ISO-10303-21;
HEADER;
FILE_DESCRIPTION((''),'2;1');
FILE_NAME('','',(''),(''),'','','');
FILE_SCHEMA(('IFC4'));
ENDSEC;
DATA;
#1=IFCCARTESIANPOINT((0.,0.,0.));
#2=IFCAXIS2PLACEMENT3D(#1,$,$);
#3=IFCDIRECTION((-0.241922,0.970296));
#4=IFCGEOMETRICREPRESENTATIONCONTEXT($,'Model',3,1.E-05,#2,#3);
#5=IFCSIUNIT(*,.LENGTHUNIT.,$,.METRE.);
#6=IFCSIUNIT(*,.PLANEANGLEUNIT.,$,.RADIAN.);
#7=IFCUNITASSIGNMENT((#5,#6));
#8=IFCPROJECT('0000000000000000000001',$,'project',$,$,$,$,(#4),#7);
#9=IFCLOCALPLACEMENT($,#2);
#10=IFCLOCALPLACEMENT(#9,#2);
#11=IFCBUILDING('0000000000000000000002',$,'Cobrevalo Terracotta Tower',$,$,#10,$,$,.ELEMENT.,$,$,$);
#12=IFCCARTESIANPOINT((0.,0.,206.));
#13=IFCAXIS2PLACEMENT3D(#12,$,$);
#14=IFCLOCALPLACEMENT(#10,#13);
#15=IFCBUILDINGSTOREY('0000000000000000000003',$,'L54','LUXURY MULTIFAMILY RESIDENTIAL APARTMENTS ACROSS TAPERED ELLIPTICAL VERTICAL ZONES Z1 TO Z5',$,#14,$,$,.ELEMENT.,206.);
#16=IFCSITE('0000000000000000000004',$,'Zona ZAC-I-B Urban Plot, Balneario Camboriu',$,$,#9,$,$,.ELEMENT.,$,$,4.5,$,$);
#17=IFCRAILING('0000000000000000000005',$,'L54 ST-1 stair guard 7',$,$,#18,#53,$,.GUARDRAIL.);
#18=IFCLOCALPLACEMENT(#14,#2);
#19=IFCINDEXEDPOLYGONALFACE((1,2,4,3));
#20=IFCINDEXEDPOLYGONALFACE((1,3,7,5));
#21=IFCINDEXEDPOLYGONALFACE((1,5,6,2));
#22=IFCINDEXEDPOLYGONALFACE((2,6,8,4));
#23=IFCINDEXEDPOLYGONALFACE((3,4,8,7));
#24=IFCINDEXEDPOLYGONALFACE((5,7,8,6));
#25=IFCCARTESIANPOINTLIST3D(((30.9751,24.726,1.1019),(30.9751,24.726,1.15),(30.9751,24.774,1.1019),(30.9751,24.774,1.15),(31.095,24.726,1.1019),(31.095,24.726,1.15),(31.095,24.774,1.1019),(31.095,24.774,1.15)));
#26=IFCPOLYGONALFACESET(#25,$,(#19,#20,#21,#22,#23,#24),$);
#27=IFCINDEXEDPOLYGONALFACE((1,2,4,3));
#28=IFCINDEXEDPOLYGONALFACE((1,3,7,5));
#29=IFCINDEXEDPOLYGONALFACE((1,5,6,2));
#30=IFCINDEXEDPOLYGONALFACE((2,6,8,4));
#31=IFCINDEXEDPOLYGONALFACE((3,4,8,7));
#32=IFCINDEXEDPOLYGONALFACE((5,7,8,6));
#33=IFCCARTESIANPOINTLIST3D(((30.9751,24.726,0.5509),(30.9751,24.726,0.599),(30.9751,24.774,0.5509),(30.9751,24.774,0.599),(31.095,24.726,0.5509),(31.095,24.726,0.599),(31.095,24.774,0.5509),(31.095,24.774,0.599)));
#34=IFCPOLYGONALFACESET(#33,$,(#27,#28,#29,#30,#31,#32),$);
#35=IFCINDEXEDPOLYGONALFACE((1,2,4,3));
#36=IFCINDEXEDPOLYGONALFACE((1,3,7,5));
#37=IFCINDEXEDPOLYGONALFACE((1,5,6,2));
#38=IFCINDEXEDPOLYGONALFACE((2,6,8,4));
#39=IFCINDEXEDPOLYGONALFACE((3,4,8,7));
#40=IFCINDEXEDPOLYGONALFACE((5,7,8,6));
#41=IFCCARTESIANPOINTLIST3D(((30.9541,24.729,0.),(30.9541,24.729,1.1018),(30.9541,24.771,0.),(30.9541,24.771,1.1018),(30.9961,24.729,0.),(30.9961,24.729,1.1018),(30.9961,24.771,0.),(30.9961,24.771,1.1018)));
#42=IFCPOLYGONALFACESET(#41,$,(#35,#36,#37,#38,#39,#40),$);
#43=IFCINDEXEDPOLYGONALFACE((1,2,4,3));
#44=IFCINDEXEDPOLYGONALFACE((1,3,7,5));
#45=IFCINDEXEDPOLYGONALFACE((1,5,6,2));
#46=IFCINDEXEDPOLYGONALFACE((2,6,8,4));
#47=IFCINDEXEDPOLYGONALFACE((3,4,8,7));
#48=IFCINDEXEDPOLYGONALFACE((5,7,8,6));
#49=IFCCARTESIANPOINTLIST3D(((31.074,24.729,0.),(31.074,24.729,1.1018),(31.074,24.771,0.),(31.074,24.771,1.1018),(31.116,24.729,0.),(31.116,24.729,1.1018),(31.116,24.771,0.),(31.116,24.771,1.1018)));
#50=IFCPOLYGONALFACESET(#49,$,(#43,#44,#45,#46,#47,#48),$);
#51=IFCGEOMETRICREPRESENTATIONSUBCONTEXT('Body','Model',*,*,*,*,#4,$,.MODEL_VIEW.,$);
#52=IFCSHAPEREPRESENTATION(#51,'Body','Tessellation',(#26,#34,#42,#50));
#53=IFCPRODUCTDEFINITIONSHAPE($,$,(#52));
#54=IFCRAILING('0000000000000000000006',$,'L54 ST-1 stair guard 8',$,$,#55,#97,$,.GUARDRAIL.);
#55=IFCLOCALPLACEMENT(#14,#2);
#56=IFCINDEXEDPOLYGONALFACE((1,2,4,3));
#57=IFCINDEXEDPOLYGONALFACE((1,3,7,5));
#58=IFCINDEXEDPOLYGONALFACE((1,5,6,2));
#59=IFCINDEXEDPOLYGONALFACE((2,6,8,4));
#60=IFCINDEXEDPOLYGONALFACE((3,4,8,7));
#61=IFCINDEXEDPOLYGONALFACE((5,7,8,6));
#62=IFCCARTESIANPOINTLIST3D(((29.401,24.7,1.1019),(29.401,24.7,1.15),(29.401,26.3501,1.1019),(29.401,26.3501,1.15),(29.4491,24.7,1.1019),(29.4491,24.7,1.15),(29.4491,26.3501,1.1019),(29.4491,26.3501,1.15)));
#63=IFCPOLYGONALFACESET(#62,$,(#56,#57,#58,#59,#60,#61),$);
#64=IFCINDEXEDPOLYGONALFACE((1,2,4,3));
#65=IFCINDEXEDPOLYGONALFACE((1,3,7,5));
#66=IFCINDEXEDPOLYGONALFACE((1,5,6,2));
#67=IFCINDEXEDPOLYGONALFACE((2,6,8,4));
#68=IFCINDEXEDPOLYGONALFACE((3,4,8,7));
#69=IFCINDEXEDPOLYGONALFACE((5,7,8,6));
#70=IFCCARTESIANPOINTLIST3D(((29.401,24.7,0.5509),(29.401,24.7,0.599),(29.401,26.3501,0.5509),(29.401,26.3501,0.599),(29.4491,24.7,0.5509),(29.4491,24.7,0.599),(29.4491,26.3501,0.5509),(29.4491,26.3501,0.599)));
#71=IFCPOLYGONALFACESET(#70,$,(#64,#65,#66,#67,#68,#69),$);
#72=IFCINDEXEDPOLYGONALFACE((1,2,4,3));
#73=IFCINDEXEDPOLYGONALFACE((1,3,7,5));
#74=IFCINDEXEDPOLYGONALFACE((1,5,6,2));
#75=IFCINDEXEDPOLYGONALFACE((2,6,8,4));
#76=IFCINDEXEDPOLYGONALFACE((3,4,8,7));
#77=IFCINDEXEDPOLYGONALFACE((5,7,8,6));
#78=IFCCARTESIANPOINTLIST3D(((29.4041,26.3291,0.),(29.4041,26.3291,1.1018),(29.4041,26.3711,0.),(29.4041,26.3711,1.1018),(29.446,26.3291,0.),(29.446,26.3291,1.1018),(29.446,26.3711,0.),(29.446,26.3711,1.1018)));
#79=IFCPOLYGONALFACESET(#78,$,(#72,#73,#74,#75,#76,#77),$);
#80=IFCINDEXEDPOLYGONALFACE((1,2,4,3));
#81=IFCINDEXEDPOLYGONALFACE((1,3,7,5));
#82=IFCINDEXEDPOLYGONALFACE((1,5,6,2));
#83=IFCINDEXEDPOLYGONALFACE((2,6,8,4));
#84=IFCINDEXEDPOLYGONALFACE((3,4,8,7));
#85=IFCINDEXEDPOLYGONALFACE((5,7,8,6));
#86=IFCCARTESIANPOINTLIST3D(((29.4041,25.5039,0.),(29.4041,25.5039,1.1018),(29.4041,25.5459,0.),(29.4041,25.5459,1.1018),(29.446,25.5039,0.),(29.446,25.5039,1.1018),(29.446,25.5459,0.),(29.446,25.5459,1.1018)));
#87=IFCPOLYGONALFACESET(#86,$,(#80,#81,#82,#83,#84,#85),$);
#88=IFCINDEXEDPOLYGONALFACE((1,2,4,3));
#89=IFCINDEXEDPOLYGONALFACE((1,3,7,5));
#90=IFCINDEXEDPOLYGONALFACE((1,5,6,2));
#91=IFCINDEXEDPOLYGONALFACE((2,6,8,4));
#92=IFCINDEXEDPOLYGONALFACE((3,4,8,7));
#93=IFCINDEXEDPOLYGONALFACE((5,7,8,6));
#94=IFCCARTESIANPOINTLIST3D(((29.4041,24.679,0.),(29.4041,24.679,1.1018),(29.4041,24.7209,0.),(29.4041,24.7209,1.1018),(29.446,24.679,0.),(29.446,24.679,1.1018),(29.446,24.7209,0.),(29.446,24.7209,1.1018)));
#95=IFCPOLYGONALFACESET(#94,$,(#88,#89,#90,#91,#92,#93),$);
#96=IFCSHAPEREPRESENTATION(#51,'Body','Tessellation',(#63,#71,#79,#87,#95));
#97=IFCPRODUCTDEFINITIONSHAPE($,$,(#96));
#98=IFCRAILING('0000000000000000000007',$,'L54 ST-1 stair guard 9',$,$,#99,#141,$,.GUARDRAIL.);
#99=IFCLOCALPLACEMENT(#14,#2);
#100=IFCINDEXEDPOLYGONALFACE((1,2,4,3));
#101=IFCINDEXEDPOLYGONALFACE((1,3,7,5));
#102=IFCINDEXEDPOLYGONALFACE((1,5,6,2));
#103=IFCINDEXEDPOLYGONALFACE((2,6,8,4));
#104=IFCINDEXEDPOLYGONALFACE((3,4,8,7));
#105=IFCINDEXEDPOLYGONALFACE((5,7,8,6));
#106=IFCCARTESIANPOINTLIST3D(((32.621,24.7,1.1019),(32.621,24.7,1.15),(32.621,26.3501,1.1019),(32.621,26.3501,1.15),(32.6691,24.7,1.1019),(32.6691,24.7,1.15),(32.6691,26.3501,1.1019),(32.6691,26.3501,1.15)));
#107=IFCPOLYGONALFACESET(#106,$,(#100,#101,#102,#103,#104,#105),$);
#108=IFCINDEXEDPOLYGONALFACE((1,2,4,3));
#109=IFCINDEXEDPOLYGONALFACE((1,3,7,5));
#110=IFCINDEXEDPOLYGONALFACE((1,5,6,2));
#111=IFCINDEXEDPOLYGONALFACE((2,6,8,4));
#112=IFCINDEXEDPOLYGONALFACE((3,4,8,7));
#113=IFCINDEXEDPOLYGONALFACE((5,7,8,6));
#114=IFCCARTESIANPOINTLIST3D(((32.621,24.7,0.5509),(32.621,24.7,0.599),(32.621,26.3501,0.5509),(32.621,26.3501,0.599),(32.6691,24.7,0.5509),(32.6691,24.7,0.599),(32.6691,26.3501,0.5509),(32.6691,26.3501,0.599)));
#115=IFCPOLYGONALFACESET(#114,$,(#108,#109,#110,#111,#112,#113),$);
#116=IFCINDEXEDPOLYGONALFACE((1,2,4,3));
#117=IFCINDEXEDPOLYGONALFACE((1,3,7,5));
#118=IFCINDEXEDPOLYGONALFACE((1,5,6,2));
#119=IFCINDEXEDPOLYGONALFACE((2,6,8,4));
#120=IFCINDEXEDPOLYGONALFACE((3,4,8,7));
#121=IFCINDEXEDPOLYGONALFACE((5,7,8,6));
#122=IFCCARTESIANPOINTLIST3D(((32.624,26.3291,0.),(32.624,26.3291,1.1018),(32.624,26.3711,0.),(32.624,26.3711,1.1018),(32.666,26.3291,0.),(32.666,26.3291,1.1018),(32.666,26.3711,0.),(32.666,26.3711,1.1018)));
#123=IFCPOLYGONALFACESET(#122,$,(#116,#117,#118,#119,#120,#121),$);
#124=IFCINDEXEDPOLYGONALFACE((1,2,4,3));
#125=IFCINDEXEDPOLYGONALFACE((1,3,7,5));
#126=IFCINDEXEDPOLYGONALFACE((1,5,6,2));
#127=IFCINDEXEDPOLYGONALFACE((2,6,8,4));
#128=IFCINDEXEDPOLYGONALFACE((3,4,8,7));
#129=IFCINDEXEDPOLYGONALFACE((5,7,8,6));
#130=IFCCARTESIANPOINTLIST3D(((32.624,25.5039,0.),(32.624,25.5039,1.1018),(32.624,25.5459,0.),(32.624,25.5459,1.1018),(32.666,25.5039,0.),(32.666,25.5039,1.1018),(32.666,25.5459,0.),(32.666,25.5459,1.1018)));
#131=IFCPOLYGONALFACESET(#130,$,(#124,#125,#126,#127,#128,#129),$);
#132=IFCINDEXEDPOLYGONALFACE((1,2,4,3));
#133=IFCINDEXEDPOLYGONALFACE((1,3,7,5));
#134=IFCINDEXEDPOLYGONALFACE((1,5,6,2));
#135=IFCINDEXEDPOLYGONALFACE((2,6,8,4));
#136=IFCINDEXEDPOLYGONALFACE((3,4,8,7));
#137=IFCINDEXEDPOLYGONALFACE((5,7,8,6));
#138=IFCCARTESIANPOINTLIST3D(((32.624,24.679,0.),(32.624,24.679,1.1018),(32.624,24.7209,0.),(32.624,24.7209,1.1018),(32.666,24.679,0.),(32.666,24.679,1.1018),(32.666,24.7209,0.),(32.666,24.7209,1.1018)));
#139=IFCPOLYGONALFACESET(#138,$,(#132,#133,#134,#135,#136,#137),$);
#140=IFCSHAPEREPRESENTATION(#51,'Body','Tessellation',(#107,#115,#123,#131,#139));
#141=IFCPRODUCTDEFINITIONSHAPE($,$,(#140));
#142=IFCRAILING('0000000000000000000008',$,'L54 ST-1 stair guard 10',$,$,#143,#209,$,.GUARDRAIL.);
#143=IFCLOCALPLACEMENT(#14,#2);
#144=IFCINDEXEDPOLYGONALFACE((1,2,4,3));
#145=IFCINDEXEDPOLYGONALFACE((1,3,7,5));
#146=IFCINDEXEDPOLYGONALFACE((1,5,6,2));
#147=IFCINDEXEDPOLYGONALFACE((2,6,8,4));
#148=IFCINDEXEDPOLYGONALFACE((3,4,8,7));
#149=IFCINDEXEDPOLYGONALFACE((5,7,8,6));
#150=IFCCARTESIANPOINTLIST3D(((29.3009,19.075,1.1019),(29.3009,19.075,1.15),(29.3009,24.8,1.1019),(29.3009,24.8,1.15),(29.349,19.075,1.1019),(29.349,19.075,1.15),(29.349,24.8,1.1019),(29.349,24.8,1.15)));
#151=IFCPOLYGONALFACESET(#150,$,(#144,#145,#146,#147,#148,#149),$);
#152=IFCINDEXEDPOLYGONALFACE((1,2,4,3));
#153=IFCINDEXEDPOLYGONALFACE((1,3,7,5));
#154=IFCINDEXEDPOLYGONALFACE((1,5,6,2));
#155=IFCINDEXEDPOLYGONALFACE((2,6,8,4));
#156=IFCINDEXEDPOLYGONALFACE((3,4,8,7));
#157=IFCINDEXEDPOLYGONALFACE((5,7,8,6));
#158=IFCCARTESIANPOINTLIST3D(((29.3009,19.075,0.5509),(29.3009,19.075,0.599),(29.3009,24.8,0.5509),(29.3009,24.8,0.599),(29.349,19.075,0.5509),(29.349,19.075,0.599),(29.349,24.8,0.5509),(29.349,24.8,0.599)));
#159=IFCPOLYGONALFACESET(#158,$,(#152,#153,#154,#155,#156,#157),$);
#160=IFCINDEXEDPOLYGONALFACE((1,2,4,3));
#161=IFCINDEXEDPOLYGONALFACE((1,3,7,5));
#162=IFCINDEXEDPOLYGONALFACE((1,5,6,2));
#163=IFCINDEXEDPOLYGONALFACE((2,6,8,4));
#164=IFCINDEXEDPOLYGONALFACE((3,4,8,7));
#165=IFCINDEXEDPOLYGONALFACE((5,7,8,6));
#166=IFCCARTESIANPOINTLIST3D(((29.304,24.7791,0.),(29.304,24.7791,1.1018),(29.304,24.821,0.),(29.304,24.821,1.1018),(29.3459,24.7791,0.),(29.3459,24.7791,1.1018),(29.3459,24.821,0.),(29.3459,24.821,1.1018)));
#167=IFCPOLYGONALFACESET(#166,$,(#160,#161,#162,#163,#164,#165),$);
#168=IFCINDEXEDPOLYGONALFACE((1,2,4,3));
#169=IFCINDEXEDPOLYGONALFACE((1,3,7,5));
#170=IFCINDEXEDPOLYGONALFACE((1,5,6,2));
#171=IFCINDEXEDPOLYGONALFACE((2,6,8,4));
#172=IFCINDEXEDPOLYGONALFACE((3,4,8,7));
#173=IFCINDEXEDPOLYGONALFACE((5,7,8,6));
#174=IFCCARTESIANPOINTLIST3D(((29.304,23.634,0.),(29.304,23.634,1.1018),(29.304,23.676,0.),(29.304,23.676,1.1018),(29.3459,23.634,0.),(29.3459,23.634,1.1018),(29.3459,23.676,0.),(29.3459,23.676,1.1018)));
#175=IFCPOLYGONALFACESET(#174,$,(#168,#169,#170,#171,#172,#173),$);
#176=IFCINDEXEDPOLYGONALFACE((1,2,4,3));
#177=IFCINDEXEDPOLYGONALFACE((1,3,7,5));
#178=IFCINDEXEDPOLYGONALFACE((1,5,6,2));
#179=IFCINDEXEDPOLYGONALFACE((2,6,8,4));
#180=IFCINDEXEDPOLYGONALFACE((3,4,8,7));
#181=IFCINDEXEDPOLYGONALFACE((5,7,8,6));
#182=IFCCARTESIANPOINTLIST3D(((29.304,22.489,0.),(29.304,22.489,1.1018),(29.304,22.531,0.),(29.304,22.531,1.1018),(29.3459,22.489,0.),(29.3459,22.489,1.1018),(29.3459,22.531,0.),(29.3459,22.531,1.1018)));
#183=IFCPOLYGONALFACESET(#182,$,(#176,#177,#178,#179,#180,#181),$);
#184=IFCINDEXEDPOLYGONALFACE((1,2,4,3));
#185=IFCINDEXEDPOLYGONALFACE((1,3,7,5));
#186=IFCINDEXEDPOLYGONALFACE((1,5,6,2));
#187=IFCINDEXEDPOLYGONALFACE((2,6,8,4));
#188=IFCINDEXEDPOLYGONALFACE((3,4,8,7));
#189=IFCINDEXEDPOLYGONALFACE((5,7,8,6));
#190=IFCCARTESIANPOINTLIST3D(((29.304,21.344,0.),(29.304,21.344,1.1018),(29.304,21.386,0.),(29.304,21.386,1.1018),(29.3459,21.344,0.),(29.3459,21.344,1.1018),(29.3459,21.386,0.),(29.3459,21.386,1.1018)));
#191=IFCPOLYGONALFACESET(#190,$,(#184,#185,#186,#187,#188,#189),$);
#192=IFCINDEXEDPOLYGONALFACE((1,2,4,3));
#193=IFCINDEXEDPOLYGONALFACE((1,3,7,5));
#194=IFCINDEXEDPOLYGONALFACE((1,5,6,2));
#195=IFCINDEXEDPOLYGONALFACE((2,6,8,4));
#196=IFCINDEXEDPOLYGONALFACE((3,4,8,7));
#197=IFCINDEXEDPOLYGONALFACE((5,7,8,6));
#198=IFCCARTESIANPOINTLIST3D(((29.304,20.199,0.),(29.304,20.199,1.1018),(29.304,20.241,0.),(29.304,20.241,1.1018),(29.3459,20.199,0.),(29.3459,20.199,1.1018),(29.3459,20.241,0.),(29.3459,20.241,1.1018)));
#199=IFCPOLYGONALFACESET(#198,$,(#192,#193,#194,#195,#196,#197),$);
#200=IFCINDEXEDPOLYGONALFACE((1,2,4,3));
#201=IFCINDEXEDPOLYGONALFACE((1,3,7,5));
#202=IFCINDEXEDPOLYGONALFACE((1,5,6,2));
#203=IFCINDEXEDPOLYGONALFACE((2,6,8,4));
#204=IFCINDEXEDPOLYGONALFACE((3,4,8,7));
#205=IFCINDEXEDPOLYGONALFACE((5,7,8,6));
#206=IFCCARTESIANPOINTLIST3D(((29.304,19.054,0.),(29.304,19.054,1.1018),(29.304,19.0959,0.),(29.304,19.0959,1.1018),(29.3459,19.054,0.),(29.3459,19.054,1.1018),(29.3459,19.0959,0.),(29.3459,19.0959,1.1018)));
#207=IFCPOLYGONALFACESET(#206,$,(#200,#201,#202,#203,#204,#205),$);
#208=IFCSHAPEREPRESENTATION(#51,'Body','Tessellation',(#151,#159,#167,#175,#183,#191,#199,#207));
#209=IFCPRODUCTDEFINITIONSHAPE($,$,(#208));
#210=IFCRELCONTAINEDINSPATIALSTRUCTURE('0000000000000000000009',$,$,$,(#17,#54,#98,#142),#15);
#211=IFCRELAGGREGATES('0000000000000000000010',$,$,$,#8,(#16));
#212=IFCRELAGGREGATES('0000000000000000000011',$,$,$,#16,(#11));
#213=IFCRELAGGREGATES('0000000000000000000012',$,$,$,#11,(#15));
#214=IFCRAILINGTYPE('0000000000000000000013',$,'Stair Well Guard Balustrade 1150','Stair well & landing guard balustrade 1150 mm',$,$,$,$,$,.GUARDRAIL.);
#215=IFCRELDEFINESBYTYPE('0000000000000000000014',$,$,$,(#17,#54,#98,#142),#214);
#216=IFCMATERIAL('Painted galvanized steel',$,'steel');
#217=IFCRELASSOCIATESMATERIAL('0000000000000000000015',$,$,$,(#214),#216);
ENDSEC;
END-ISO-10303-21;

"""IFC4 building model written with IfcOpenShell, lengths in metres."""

from ifc_helpers import new_model, si_unit, direction, frame, origin, origin_2d, place, context, subcontext, project, spatial, rectangle, extrude, material, type_object, element, save


model = new_model("IFC4")

# Units and contexts
model_context = context("Model", 3, precision=1e-05, world=origin(), true_north=direction((-0.241922, 0.970296)))
body_context = subcontext(model_context, "Body", "Model", "MODEL_VIEW")
ifc_project = project(units=[si_unit("LENGTHUNIT", "METRE"), si_unit("PLANEANGLEUNIT", "RADIAN")], contexts=[model_context])

# Site, building, storey
site_placement = place(None, origin())
site = spatial("IfcSite", under=ifc_project, at=site_placement, Name="Zona ZAC-I-B Urban Plot, Balneario Camboriu", CompositionType="ELEMENT", RefElevation=4.5)
building_placement = place(site_placement, origin())
building = spatial("IfcBuilding", under=site, at=building_placement, Name="Cobrevalo Terracotta Tower", CompositionType="ELEMENT")
storey_placement = place(building_placement, frame((0.0, 0.0, 206.0)))
storey = spatial("IfcBuildingStorey", under=building, at=storey_placement, Name="L54", Description="LUXURY MULTIFAMILY RESIDENTIAL APARTMENTS ACROSS TAPERED ELLIPTICAL VERTICAL ZONES Z1 TO Z5", CompositionType="ELEMENT", Elevation=206.0)

# Railings
ifc_material_1 = material(Name="Painted galvanized steel", Category="steel")
railing_type_1 = type_object("IfcRailingType", Name="Stair Well Guard Balustrade 1150", Description="Stair well & landing guard balustrade 1150 mm", PredefinedType="GUARDRAIL", material=ifc_material_1)
railing_1_placement = place(storey_placement, frame((30.9751, 24.75, 0.0)))
element("IfcRailing", 1, at=railing_1_placement, inside=storey, type_object=railing_type_1, Name="L54 ST-1 stair guard 7", PredefinedType="GUARDRAIL", context=body_context, shape_type="SweptSolid", body=[
    extrude(rectangle(XDim=0.0481, YDim=0.0481, at=origin_2d()), frame((0.0, 0.0, 1.126), z_axis=(1.0, 0.0, 0.0), x_axis=(0.0, 1.0, 0.0)), (0.0, 0.0, 1.0), 0.1199),
    extrude(rectangle(XDim=0.0481, YDim=0.0481, at=origin_2d()), frame((0.0, 0.0, 0.575), z_axis=(1.0, 0.0, 0.0), x_axis=(0.0, 1.0, 0.0)), (0.0, 0.0, 1.0), 0.1199),
    extrude(rectangle(XDim=0.042, YDim=0.042, at=origin_2d()), origin(), (0.0, 0.0, 1.0), 1.1018),
    extrude(rectangle(XDim=0.042, YDim=0.042, at=origin_2d()), frame((0.1199, 0.0, 0.0)), (0.0, 0.0, 1.0), 1.1018),
])
for number, where, name in (
    (2, (29.425, 26.3501, 0.0), "L54 ST-1 stair guard 8"),
    (3, (32.645, 26.3501, 0.0), "L54 ST-1 stair guard 9"),
):
    element("IfcRailing", number, at=place(storey_placement, frame(where)), inside=storey, type_object=railing_type_1, Name=name, PredefinedType="GUARDRAIL", context=body_context, shape_type="SweptSolid", body=[
        extrude(rectangle(XDim=0.0481, YDim=0.0481, at=origin_2d()), frame((0.0, 0.0, 1.126), z_axis=(0.0, -1.0, 0.0), x_axis=(1.0, 0.0, 0.0)), (0.0, 0.0, 1.0), 1.6501),
        extrude(rectangle(XDim=0.0481, YDim=0.0481, at=origin_2d()), frame((0.0, 0.0, 0.575), z_axis=(0.0, -1.0, 0.0), x_axis=(1.0, 0.0, 0.0)), (0.0, 0.0, 1.0), 1.6501),
        extrude(rectangle(XDim=0.042, YDim=0.042, at=origin_2d()), origin(), (0.0, 0.0, 1.0), 1.1018),
        extrude(rectangle(XDim=0.042, YDim=0.042, at=origin_2d()), frame((0.0, -0.8252, 0.0)), (0.0, 0.0, 1.0), 1.1018),
        extrude(rectangle(XDim=0.042, YDim=0.042, at=origin_2d()), frame((0.0, -1.6501, 0.0)), (0.0, 0.0, 1.0), 1.1018),
    ])
for number, where, name in (
    (4, (29.325, 24.8, 0.0), "L54 ST-1 stair guard 10"),
):
    element("IfcRailing", number, at=place(storey_placement, frame(where)), inside=storey, type_object=railing_type_1, Name=name, PredefinedType="GUARDRAIL", context=body_context, shape_type="SweptSolid", body=[
        extrude(rectangle(XDim=0.0481, YDim=0.0481, at=origin_2d()), frame((0.0, 0.0, 1.126), z_axis=(0.0, -1.0, 0.0), x_axis=(1.0, 0.0, 0.0)), (0.0, 0.0, 1.0), 5.7251),
        extrude(rectangle(XDim=0.0481, YDim=0.0481, at=origin_2d()), frame((0.0, 0.0, 0.575), z_axis=(0.0, -1.0, 0.0), x_axis=(1.0, 0.0, 0.0)), (0.0, 0.0, 1.0), 5.7251),
        extrude(rectangle(XDim=0.042, YDim=0.042, at=origin_2d()), origin(), (0.0, 0.0, 1.0), 1.1018),
        extrude(rectangle(XDim=0.042, YDim=0.042, at=origin_2d()), frame((0.0, -1.145, 0.0)), (0.0, 0.0, 1.0), 1.1018),
        extrude(rectangle(XDim=0.042, YDim=0.042, at=origin_2d()), frame((0.0, -2.29, 0.0)), (0.0, 0.0, 1.0), 1.1018),
        extrude(rectangle(XDim=0.042, YDim=0.042, at=origin_2d()), frame((0.0, -3.4351, 0.0)), (0.0, 0.0, 1.0), 1.1018),
        extrude(rectangle(XDim=0.042, YDim=0.042, at=origin_2d()), frame((0.0, -4.5801, 0.0)), (0.0, 0.0, 1.0), 1.1018),
        extrude(rectangle(XDim=0.042, YDim=0.042, at=origin_2d()), frame((0.0, -5.7251, 0.0)), (0.0, 0.0, 1.0), 1.1018),
    ])

save(model, "model.ifc")
